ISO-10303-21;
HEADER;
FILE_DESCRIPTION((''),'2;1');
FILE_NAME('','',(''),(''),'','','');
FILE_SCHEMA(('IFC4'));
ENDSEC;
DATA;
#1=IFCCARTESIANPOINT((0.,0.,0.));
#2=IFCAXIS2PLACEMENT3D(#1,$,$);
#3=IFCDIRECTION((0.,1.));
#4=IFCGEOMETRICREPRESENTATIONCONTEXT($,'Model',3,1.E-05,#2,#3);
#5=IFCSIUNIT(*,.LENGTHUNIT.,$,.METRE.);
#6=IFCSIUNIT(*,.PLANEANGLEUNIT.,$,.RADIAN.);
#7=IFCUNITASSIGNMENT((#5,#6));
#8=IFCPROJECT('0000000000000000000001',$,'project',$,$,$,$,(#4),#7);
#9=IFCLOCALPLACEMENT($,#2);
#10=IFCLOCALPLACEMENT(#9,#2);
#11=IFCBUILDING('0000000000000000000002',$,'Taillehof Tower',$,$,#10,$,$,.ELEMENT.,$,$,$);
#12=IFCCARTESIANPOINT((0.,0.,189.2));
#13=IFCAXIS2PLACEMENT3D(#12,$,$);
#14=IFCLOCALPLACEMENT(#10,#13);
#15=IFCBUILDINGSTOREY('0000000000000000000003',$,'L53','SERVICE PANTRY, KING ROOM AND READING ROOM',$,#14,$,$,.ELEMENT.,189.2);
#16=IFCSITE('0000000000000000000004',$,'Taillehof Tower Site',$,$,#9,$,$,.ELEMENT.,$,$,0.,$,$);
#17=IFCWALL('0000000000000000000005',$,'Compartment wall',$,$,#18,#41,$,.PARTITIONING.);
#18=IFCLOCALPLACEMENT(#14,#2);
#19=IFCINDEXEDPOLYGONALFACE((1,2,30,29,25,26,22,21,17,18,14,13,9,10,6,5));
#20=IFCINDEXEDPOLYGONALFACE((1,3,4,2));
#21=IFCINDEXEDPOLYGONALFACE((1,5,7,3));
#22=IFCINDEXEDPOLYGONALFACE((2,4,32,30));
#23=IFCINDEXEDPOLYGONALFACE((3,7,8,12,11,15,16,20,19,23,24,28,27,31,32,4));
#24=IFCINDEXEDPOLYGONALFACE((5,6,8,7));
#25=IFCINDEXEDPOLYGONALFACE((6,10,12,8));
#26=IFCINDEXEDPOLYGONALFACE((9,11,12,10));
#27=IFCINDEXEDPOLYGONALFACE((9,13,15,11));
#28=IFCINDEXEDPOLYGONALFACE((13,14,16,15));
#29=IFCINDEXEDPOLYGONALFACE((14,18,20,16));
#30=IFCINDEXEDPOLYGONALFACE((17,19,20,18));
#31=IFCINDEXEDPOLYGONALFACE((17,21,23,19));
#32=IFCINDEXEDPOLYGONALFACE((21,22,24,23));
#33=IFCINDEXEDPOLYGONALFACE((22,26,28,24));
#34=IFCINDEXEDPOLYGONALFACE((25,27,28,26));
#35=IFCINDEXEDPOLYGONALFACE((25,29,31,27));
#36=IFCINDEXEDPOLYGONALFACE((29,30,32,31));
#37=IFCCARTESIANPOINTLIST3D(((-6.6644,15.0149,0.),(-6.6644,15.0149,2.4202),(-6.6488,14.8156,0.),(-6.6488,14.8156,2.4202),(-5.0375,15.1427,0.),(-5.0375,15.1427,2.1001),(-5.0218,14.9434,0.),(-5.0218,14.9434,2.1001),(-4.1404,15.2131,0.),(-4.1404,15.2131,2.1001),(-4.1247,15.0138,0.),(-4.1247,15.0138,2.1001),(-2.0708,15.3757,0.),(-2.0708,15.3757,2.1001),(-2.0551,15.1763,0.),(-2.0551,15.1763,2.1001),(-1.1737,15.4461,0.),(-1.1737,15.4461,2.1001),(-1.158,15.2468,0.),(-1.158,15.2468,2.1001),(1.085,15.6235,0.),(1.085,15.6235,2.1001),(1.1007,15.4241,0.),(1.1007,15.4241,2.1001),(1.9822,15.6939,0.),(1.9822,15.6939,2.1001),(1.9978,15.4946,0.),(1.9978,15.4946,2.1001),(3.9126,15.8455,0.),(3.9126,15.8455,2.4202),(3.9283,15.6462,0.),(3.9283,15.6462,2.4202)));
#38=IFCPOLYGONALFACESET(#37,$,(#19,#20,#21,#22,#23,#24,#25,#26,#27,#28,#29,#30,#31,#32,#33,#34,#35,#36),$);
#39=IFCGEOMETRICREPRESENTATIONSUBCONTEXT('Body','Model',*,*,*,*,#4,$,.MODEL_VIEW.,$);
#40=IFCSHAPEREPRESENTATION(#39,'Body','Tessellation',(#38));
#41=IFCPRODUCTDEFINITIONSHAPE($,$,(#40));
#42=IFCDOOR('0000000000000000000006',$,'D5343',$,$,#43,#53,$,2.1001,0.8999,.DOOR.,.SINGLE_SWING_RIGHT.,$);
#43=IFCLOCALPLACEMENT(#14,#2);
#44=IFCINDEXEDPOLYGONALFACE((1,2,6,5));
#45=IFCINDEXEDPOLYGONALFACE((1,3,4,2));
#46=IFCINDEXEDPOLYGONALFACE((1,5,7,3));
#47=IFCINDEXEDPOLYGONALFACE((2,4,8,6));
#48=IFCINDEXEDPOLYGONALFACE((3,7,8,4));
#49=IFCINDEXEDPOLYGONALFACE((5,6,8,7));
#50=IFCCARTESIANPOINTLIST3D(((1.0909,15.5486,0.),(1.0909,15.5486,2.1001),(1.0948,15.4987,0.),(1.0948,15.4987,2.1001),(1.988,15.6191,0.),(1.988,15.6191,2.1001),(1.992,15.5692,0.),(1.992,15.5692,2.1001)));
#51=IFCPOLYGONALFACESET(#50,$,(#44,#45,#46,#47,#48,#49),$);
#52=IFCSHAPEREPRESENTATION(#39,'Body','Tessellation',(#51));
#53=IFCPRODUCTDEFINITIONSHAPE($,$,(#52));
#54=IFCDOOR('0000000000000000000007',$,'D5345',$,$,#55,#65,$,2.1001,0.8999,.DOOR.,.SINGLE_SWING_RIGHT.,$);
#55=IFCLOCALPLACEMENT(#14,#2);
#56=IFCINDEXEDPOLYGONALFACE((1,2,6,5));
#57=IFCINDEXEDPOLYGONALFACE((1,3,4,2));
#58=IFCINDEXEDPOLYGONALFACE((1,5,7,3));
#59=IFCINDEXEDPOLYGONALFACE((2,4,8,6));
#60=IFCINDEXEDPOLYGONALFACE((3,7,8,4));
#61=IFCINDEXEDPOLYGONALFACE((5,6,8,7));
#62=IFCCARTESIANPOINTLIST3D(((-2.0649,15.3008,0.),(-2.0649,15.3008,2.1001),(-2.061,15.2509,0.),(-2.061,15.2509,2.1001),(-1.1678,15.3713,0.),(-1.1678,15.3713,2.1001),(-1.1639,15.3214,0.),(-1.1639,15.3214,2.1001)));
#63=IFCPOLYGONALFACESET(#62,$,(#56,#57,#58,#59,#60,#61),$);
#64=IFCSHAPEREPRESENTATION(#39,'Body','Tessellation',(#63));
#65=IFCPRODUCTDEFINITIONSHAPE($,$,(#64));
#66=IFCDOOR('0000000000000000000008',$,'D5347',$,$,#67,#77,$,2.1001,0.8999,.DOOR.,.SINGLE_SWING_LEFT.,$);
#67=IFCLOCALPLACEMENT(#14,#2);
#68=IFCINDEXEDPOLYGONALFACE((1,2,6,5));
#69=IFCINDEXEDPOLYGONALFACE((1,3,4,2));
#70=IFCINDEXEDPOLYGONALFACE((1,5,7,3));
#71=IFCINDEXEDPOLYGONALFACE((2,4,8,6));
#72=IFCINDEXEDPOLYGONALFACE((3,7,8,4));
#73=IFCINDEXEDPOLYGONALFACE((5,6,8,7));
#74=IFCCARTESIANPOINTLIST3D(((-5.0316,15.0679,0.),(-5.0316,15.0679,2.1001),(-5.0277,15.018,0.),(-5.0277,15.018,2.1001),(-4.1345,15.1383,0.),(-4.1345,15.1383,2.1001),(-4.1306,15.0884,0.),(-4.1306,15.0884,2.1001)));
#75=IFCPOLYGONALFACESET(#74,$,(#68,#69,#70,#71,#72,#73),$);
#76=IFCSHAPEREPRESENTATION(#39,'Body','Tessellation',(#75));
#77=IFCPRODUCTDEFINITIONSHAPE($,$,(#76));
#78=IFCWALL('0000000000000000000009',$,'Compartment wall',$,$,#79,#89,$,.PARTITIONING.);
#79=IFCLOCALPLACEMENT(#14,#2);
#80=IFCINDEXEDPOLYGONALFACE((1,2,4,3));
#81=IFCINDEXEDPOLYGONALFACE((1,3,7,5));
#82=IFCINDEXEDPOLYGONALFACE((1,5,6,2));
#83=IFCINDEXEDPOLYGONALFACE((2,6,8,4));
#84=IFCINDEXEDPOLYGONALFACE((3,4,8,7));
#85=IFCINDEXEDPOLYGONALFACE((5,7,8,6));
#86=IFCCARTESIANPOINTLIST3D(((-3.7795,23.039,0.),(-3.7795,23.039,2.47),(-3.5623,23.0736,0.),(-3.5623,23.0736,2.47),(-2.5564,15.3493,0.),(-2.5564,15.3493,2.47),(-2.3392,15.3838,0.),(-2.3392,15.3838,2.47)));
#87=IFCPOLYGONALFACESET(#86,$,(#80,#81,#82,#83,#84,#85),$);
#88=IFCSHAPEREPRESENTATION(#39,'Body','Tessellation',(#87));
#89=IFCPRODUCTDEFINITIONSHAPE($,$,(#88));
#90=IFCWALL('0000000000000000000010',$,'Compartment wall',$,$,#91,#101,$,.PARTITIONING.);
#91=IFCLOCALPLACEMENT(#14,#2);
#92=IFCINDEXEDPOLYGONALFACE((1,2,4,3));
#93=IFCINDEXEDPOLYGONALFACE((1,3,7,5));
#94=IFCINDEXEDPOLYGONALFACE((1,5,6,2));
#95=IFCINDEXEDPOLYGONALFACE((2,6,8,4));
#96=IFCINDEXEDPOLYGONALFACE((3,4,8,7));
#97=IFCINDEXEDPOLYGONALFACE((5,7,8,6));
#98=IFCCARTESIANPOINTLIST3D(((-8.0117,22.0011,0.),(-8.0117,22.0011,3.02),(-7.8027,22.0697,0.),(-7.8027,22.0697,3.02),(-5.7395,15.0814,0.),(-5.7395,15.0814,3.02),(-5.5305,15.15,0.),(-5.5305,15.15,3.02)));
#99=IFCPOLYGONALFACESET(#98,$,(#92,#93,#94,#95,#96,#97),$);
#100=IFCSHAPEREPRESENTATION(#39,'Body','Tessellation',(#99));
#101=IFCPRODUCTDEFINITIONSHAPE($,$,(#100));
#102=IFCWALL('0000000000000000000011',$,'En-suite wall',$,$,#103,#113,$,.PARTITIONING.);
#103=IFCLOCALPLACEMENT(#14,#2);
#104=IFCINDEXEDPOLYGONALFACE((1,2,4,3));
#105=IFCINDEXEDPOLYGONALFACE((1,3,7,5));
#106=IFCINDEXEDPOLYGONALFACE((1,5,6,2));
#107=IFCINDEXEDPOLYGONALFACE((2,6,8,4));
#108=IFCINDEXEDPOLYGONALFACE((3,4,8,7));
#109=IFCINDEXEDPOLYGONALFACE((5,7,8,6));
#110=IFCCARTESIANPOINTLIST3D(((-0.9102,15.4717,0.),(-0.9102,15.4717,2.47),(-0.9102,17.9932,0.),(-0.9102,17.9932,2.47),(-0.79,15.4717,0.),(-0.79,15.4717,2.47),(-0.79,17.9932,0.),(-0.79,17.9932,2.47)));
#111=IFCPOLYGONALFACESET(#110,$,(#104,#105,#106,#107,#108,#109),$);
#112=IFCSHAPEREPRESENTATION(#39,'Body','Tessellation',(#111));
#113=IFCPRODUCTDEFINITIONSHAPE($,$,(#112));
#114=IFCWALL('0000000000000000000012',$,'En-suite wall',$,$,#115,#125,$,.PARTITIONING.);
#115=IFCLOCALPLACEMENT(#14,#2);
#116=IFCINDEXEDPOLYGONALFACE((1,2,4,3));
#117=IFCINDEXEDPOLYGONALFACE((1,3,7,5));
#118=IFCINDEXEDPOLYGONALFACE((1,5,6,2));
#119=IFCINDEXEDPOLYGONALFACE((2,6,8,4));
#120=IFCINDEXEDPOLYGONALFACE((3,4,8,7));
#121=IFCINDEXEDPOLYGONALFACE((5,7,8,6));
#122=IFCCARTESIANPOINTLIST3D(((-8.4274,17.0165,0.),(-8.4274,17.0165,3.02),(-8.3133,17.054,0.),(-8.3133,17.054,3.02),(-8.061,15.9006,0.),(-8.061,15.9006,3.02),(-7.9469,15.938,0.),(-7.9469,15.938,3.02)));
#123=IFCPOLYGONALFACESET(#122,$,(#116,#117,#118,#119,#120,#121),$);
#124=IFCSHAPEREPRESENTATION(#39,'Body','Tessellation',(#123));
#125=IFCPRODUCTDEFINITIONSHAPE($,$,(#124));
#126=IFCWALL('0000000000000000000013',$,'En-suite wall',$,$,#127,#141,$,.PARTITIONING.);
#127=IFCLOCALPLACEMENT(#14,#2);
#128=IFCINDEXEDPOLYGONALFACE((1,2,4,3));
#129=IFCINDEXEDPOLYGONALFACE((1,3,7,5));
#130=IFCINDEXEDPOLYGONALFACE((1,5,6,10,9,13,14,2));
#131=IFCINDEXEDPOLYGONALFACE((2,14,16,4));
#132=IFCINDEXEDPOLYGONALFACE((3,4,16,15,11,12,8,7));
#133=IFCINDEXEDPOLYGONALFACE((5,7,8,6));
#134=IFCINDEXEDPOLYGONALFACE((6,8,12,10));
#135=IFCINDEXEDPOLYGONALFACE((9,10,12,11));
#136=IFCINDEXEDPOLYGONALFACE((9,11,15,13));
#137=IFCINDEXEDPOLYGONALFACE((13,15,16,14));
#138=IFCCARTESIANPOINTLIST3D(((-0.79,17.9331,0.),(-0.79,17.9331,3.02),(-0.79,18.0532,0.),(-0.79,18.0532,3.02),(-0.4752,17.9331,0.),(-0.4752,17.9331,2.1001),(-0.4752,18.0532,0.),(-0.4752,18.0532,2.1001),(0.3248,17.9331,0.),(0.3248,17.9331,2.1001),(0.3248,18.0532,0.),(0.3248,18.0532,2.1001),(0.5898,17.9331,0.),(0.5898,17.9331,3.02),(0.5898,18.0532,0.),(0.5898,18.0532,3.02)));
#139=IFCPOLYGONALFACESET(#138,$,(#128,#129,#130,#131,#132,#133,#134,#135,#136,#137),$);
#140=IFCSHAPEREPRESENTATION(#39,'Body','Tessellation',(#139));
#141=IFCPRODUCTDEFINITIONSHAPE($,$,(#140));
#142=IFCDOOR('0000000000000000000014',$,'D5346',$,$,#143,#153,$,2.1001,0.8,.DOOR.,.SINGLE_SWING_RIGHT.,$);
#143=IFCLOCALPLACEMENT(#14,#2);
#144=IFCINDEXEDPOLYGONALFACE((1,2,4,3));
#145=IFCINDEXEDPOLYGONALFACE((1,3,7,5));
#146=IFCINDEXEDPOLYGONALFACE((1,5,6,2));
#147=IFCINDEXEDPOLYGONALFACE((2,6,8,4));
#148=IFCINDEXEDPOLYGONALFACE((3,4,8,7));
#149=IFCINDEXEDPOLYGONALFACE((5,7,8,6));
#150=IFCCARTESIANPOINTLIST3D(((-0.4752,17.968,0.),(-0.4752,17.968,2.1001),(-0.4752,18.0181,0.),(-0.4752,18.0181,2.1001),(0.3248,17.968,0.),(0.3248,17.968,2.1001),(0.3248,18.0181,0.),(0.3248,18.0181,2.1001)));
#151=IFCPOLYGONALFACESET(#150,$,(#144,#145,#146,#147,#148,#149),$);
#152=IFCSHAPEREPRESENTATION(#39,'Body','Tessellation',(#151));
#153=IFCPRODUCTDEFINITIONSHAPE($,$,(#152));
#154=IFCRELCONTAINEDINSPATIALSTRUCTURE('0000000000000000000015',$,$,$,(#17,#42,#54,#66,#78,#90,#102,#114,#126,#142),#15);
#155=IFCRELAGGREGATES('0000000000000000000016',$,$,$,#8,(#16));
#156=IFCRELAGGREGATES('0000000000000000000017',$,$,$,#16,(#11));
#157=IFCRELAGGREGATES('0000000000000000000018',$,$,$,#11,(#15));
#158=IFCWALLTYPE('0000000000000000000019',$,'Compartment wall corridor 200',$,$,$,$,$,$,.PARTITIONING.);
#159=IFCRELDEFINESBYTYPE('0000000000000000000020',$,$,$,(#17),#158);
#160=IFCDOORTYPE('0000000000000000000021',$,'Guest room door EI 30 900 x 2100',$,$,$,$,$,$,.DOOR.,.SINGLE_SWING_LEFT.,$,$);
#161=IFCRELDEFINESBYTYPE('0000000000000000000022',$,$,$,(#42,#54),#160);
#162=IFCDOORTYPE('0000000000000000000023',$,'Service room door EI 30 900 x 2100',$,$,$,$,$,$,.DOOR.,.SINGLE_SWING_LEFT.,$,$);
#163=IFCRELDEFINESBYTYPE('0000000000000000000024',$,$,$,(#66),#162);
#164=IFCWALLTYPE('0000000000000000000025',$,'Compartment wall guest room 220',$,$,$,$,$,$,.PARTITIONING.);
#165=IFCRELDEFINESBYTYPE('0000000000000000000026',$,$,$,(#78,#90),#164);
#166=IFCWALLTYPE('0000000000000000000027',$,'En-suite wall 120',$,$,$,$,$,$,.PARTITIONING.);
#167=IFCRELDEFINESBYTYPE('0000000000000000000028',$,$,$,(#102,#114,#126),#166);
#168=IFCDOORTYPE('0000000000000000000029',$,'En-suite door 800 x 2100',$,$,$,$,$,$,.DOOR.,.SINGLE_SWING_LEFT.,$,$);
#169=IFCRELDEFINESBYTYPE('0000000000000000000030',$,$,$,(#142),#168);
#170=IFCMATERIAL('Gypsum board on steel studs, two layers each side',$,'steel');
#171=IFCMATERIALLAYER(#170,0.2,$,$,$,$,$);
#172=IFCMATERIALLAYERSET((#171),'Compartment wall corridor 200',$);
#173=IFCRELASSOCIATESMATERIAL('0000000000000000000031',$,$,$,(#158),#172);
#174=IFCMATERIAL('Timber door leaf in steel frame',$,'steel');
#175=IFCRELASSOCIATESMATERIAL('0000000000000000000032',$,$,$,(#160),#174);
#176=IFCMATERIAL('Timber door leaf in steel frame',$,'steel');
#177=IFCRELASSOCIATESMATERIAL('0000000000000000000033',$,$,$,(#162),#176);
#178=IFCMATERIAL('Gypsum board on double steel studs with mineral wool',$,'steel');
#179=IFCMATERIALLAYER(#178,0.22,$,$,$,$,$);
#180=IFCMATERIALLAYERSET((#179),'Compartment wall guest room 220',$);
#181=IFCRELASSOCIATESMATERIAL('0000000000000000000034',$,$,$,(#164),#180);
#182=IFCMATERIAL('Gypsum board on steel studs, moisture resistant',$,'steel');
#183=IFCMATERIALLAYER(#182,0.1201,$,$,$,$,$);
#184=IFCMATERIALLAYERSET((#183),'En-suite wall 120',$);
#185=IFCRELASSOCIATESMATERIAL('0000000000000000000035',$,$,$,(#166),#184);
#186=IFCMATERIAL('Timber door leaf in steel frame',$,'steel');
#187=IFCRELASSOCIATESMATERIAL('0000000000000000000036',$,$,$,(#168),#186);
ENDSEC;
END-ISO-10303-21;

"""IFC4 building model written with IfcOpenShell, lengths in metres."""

from ifc_helpers import new_model, si_unit, direction, frame, frame_2d, origin, place, context, subcontext, project, spatial, rectangle, extrude, material, layer, layer_set, type_object, element, fill, save


model = new_model("IFC4")

# Units and contexts
model_context = context("Model", 3, precision=1e-05, world=origin(), true_north=direction((0.0, 1.0)))
body_context = subcontext(model_context, "Body", "Model", "MODEL_VIEW")
ifc_project = project(units=[si_unit("LENGTHUNIT", "METRE"), si_unit("PLANEANGLEUNIT", "RADIAN")], contexts=[model_context])

# Site, building, storey
site_placement = place(None, origin())
site = spatial("IfcSite", under=ifc_project, at=site_placement, Name="Taillehof Tower Site", CompositionType="ELEMENT", RefElevation=0.0)
building_placement = place(site_placement, origin())
building = spatial("IfcBuilding", under=site, at=building_placement, Name="Taillehof Tower", CompositionType="ELEMENT")
storey_placement = place(building_placement, frame((0.0, 0.0, 189.2)))
storey = spatial("IfcBuildingStorey", under=building, at=storey_placement, Name="L53", Description="SERVICE PANTRY, KING ROOM AND READING ROOM", CompositionType="ELEMENT", Elevation=189.2)

# Shared definitions
ifc_material_1 = material(Name="Gypsum board on steel studs, two layers each side", Category="steel")
ifc_layer_1 = layer(ifc_material_1, 0.2)
ifc_layer_set_1 = layer_set([ifc_layer_1], Name="Compartment wall corridor 200")
wall_type_1 = type_object("IfcWallType", Name="Compartment wall corridor 200", PredefinedType="PARTITIONING", material=ifc_layer_set_1)

# Wall, openings, doors
wall_1_placement = place(storey_placement, frame((-6.6565, 14.9153, 0.0), z_axis=(0.0, 0.0, 1.0), x_axis=(0.996931, 0.078284, 0.0)))
wall_1 = element("IfcWall", 1, at=wall_1_placement, inside=storey, type_object=wall_type_1, Name="Compartment wall", PredefinedType="PARTITIONING", context=body_context, shape_type="SweptSolid", body=[
    extrude(rectangle(XDim=10.6096, YDim=0.2, at=frame_2d((5.3047, 0.0))), origin(), (0.0, 0.0, 1.0), 2.4202),
])
opening_1_placement = place(wall_1_placement, frame((7.7732, 0.0, 0.0)))
opening_1 = element("IfcOpeningElement", 2, at=opening_1_placement, cuts=wall_1, PredefinedType="OPENING", context=body_context, shape_type="SweptSolid", body=[
    extrude(rectangle(XDim=0.8999, YDim=2.1001, at=frame_2d((0.45, 1.05))), frame((0.0, 0.1099, 0.0), z_axis=(0.0, -1.0, 0.0), x_axis=(1.0, 0.0, 0.0)), (0.0, 0.0, 1.0), 0.22),
])
opening_2_placement = place(wall_1_placement, frame((4.6077, 0.0, 0.0)))
opening_2 = element("IfcOpeningElement", 3, at=opening_2_placement, cuts=wall_1, PredefinedType="OPENING", context=body_context, shape_type="SweptSolid", body=[
    extrude(rectangle(XDim=0.8999, YDim=2.1001, at=frame_2d((0.45, 1.05))), frame((0.0, 0.1099, 0.0), z_axis=(0.0, -1.0, 0.0), x_axis=(1.0, 0.0, 0.0)), (0.0, 0.0, 1.0), 0.22),
])
opening_3_placement = place(wall_1_placement, frame((1.6318, 0.0, 0.0)))
opening_3 = element("IfcOpeningElement", 4, at=opening_3_placement, cuts=wall_1, PredefinedType="OPENING", context=body_context, shape_type="SweptSolid", body=[
    extrude(rectangle(XDim=0.8999, YDim=2.1001, at=frame_2d((0.45, 1.05))), frame((0.0, 0.1099, 0.0), z_axis=(0.0, -1.0, 0.0), x_axis=(1.0, 0.0, 0.0)), (0.0, 0.0, 1.0), 0.22),
])
ifc_material_2 = material(Name="Timber door leaf in steel frame", Category="steel")
door_type_1 = type_object("IfcDoorType", Name="Guest room door EI 30 900 x 2100", OperationType="SINGLE_SWING_LEFT", PredefinedType="DOOR", material=ifc_material_2)
door_1_placement = place(opening_1_placement, origin())
door_1 = element("IfcDoor", 5, at=door_1_placement, inside=storey, type_object=door_type_1, Name="D5343", OperationType="SINGLE_SWING_RIGHT", OverallHeight=2.1001, OverallWidth=0.8999, PredefinedType="DOOR", context=body_context, shape_type="SweptSolid", body=[
    extrude(rectangle(XDim=0.8999, YDim=2.1001, at=frame_2d((0.45, 1.05))), frame((0.0, 0.0249, 0.0), z_axis=(0.0, -1.0, 0.0), x_axis=(1.0, 0.0, 0.0)), (0.0, 0.0, 1.0), 0.05),
])
fill(opening_1, door_1)
door_2_placement = place(opening_2_placement, origin())
door_2 = element("IfcDoor", 6, at=door_2_placement, inside=storey, type_object=door_type_1, Name="D5345", OperationType="SINGLE_SWING_RIGHT", OverallHeight=2.1001, OverallWidth=0.8999, PredefinedType="DOOR", context=body_context, shape_type="SweptSolid", body=[
    extrude(rectangle(XDim=0.8999, YDim=2.1001, at=frame_2d((0.45, 1.05))), frame((0.0, 0.0249, 0.0), z_axis=(0.0, -1.0, 0.0), x_axis=(1.0, 0.0, 0.0)), (0.0, 0.0, 1.0), 0.05),
])
fill(opening_2, door_2)
ifc_material_3 = material(Name="Timber door leaf in steel frame", Category="steel")
door_type_2 = type_object("IfcDoorType", Name="Service room door EI 30 900 x 2100", OperationType="SINGLE_SWING_LEFT", PredefinedType="DOOR", material=ifc_material_3)
door_3_placement = place(opening_3_placement, origin())
door_3 = element("IfcDoor", 7, at=door_3_placement, inside=storey, type_object=door_type_2, Name="D5347", OperationType="SINGLE_SWING_LEFT", OverallHeight=2.1001, OverallWidth=0.8999, PredefinedType="DOOR", context=body_context, shape_type="SweptSolid", body=[
    extrude(rectangle(XDim=0.8999, YDim=2.1001, at=frame_2d((0.45, 1.05))), frame((0.0, 0.0249, 0.0), z_axis=(0.0, -1.0, 0.0), x_axis=(1.0, 0.0, 0.0)), (0.0, 0.0, 1.0), 0.05),
])
fill(opening_3, door_3)

# Walls
ifc_material_4 = material(Name="Gypsum board on double steel studs with mineral wool", Category="steel")
ifc_layer_2 = layer(ifc_material_4, 0.22)
ifc_layer_set_2 = layer_set([ifc_layer_2], Name="Compartment wall guest room 220")
wall_type_2 = type_object("IfcWallType", Name="Compartment wall guest room 220", PredefinedType="PARTITIONING", material=ifc_layer_set_2)
wall_2_placement = place(storey_placement, frame((-3.6709, 23.0562, 0.0), z_axis=(0.0, 0.0, 1.0), x_axis=(0.157088, -0.987585, 0.0)))
element("IfcWall", 8, at=wall_2_placement, inside=storey, type_object=wall_type_2, Name="Compartment wall", PredefinedType="PARTITIONING", context=body_context, shape_type="SweptSolid", body=[
    extrude(rectangle(XDim=7.7864, YDim=0.22, at=frame_2d((3.8931, 0.0))), origin(), (0.0, 0.0, 1.0), 2.47),
])
wall_3_placement = place(storey_placement, frame((-7.9072, 22.0354, 0.0), z_axis=(0.0, 0.0, 1.0), x_axis=(0.311981, -0.950088, 0.0)))
element("IfcWall", 9, at=wall_3_placement, inside=storey, type_object=wall_type_2, Name="Compartment wall", PredefinedType="PARTITIONING", context=body_context, shape_type="SweptSolid", body=[
    extrude(rectangle(XDim=7.2832, YDim=0.22, at=frame_2d((3.6416, 0.0))), origin(), (0.0, 0.0, 1.0), 3.02),
])
ifc_material_5 = material(Name="Gypsum board on steel studs, moisture resistant", Category="steel")
ifc_layer_3 = layer(ifc_material_5, 0.1201)
ifc_layer_set_3 = layer_set([ifc_layer_3], Name="En-suite wall 120")
wall_type_3 = type_object("IfcWallType", Name="En-suite wall 120", PredefinedType="PARTITIONING", material=ifc_layer_set_3)
wall_4_placement = place(storey_placement, frame((-0.8501, 15.4717, 0.0), z_axis=(0.0, 0.0, 1.0), x_axis=(0.0, 1.0, 0.0)))
element("IfcWall", 10, at=wall_4_placement, inside=storey, type_object=wall_type_3, Name="En-suite wall", PredefinedType="PARTITIONING", context=body_context, shape_type="SweptSolid", body=[
    extrude(rectangle(XDim=2.5215, YDim=0.1201, at=frame_2d((1.2607, 0.0))), origin(), (0.0, 0.0, 1.0), 2.47),
])
wall_5_placement = place(storey_placement, frame((-8.0039, 15.9192, 0.0), z_axis=(0.0, 0.0, 1.0), x_axis=(-0.311984, 0.950087, 0.0)))
element("IfcWall", 11, at=wall_5_placement, inside=storey, type_object=wall_type_3, Name="En-suite wall", PredefinedType="PARTITIONING", context=body_context, shape_type="SweptSolid", body=[
    extrude(rectangle(XDim=1.1746, YDim=0.1201, at=frame_2d((0.5874, 0.0))), origin(), (0.0, 0.0, 1.0), 3.02),
])

# Wall, opening, door
wall_6_placement = place(storey_placement, frame((-0.79, 17.9932, 0.0), z_axis=(0.0, 0.0, 1.0), x_axis=(1.0, 0.0, 0.0)))
wall_6 = element("IfcWall", 12, at=wall_6_placement, inside=storey, type_object=wall_type_3, Name="En-suite wall", PredefinedType="PARTITIONING", context=body_context, shape_type="SweptSolid", body=[
    extrude(rectangle(XDim=1.3799, YDim=0.1201, at=frame_2d((0.6899, 0.0))), origin(), (0.0, 0.0, 1.0), 3.02),
])
opening_4_placement = place(wall_6_placement, frame((0.3149, 0.0, 0.0)))
opening_4 = element("IfcOpeningElement", 13, at=opening_4_placement, cuts=wall_6, PredefinedType="OPENING", context=body_context, shape_type="SweptSolid", body=[
    extrude(rectangle(XDim=0.8, YDim=2.1001, at=frame_2d((0.3999, 1.05))), frame((0.0, 0.0701, 0.0), z_axis=(0.0, -1.0, 0.0), x_axis=(1.0, 0.0, 0.0)), (0.0, 0.0, 1.0), 0.1401),
])
ifc_material_6 = material(Name="Timber door leaf in steel frame", Category="steel")
door_type_3 = type_object("IfcDoorType", Name="En-suite door 800 x 2100", OperationType="SINGLE_SWING_LEFT", PredefinedType="DOOR", material=ifc_material_6)
door_4_placement = place(opening_4_placement, origin())
door_4 = element("IfcDoor", 14, at=door_4_placement, inside=storey, type_object=door_type_3, Name="D5346", OperationType="SINGLE_SWING_RIGHT", OverallHeight=2.1001, OverallWidth=0.8, PredefinedType="DOOR", context=body_context, shape_type="SweptSolid", body=[
    extrude(rectangle(XDim=0.8, YDim=2.1001, at=frame_2d((0.3999, 1.05))), frame((0.0, 0.0249, 0.0), z_axis=(0.0, -1.0, 0.0), x_axis=(1.0, 0.0, 0.0)), (0.0, 0.0, 1.0), 0.05),
])
fill(opening_4, door_4)

save(model, "model.ifc")
